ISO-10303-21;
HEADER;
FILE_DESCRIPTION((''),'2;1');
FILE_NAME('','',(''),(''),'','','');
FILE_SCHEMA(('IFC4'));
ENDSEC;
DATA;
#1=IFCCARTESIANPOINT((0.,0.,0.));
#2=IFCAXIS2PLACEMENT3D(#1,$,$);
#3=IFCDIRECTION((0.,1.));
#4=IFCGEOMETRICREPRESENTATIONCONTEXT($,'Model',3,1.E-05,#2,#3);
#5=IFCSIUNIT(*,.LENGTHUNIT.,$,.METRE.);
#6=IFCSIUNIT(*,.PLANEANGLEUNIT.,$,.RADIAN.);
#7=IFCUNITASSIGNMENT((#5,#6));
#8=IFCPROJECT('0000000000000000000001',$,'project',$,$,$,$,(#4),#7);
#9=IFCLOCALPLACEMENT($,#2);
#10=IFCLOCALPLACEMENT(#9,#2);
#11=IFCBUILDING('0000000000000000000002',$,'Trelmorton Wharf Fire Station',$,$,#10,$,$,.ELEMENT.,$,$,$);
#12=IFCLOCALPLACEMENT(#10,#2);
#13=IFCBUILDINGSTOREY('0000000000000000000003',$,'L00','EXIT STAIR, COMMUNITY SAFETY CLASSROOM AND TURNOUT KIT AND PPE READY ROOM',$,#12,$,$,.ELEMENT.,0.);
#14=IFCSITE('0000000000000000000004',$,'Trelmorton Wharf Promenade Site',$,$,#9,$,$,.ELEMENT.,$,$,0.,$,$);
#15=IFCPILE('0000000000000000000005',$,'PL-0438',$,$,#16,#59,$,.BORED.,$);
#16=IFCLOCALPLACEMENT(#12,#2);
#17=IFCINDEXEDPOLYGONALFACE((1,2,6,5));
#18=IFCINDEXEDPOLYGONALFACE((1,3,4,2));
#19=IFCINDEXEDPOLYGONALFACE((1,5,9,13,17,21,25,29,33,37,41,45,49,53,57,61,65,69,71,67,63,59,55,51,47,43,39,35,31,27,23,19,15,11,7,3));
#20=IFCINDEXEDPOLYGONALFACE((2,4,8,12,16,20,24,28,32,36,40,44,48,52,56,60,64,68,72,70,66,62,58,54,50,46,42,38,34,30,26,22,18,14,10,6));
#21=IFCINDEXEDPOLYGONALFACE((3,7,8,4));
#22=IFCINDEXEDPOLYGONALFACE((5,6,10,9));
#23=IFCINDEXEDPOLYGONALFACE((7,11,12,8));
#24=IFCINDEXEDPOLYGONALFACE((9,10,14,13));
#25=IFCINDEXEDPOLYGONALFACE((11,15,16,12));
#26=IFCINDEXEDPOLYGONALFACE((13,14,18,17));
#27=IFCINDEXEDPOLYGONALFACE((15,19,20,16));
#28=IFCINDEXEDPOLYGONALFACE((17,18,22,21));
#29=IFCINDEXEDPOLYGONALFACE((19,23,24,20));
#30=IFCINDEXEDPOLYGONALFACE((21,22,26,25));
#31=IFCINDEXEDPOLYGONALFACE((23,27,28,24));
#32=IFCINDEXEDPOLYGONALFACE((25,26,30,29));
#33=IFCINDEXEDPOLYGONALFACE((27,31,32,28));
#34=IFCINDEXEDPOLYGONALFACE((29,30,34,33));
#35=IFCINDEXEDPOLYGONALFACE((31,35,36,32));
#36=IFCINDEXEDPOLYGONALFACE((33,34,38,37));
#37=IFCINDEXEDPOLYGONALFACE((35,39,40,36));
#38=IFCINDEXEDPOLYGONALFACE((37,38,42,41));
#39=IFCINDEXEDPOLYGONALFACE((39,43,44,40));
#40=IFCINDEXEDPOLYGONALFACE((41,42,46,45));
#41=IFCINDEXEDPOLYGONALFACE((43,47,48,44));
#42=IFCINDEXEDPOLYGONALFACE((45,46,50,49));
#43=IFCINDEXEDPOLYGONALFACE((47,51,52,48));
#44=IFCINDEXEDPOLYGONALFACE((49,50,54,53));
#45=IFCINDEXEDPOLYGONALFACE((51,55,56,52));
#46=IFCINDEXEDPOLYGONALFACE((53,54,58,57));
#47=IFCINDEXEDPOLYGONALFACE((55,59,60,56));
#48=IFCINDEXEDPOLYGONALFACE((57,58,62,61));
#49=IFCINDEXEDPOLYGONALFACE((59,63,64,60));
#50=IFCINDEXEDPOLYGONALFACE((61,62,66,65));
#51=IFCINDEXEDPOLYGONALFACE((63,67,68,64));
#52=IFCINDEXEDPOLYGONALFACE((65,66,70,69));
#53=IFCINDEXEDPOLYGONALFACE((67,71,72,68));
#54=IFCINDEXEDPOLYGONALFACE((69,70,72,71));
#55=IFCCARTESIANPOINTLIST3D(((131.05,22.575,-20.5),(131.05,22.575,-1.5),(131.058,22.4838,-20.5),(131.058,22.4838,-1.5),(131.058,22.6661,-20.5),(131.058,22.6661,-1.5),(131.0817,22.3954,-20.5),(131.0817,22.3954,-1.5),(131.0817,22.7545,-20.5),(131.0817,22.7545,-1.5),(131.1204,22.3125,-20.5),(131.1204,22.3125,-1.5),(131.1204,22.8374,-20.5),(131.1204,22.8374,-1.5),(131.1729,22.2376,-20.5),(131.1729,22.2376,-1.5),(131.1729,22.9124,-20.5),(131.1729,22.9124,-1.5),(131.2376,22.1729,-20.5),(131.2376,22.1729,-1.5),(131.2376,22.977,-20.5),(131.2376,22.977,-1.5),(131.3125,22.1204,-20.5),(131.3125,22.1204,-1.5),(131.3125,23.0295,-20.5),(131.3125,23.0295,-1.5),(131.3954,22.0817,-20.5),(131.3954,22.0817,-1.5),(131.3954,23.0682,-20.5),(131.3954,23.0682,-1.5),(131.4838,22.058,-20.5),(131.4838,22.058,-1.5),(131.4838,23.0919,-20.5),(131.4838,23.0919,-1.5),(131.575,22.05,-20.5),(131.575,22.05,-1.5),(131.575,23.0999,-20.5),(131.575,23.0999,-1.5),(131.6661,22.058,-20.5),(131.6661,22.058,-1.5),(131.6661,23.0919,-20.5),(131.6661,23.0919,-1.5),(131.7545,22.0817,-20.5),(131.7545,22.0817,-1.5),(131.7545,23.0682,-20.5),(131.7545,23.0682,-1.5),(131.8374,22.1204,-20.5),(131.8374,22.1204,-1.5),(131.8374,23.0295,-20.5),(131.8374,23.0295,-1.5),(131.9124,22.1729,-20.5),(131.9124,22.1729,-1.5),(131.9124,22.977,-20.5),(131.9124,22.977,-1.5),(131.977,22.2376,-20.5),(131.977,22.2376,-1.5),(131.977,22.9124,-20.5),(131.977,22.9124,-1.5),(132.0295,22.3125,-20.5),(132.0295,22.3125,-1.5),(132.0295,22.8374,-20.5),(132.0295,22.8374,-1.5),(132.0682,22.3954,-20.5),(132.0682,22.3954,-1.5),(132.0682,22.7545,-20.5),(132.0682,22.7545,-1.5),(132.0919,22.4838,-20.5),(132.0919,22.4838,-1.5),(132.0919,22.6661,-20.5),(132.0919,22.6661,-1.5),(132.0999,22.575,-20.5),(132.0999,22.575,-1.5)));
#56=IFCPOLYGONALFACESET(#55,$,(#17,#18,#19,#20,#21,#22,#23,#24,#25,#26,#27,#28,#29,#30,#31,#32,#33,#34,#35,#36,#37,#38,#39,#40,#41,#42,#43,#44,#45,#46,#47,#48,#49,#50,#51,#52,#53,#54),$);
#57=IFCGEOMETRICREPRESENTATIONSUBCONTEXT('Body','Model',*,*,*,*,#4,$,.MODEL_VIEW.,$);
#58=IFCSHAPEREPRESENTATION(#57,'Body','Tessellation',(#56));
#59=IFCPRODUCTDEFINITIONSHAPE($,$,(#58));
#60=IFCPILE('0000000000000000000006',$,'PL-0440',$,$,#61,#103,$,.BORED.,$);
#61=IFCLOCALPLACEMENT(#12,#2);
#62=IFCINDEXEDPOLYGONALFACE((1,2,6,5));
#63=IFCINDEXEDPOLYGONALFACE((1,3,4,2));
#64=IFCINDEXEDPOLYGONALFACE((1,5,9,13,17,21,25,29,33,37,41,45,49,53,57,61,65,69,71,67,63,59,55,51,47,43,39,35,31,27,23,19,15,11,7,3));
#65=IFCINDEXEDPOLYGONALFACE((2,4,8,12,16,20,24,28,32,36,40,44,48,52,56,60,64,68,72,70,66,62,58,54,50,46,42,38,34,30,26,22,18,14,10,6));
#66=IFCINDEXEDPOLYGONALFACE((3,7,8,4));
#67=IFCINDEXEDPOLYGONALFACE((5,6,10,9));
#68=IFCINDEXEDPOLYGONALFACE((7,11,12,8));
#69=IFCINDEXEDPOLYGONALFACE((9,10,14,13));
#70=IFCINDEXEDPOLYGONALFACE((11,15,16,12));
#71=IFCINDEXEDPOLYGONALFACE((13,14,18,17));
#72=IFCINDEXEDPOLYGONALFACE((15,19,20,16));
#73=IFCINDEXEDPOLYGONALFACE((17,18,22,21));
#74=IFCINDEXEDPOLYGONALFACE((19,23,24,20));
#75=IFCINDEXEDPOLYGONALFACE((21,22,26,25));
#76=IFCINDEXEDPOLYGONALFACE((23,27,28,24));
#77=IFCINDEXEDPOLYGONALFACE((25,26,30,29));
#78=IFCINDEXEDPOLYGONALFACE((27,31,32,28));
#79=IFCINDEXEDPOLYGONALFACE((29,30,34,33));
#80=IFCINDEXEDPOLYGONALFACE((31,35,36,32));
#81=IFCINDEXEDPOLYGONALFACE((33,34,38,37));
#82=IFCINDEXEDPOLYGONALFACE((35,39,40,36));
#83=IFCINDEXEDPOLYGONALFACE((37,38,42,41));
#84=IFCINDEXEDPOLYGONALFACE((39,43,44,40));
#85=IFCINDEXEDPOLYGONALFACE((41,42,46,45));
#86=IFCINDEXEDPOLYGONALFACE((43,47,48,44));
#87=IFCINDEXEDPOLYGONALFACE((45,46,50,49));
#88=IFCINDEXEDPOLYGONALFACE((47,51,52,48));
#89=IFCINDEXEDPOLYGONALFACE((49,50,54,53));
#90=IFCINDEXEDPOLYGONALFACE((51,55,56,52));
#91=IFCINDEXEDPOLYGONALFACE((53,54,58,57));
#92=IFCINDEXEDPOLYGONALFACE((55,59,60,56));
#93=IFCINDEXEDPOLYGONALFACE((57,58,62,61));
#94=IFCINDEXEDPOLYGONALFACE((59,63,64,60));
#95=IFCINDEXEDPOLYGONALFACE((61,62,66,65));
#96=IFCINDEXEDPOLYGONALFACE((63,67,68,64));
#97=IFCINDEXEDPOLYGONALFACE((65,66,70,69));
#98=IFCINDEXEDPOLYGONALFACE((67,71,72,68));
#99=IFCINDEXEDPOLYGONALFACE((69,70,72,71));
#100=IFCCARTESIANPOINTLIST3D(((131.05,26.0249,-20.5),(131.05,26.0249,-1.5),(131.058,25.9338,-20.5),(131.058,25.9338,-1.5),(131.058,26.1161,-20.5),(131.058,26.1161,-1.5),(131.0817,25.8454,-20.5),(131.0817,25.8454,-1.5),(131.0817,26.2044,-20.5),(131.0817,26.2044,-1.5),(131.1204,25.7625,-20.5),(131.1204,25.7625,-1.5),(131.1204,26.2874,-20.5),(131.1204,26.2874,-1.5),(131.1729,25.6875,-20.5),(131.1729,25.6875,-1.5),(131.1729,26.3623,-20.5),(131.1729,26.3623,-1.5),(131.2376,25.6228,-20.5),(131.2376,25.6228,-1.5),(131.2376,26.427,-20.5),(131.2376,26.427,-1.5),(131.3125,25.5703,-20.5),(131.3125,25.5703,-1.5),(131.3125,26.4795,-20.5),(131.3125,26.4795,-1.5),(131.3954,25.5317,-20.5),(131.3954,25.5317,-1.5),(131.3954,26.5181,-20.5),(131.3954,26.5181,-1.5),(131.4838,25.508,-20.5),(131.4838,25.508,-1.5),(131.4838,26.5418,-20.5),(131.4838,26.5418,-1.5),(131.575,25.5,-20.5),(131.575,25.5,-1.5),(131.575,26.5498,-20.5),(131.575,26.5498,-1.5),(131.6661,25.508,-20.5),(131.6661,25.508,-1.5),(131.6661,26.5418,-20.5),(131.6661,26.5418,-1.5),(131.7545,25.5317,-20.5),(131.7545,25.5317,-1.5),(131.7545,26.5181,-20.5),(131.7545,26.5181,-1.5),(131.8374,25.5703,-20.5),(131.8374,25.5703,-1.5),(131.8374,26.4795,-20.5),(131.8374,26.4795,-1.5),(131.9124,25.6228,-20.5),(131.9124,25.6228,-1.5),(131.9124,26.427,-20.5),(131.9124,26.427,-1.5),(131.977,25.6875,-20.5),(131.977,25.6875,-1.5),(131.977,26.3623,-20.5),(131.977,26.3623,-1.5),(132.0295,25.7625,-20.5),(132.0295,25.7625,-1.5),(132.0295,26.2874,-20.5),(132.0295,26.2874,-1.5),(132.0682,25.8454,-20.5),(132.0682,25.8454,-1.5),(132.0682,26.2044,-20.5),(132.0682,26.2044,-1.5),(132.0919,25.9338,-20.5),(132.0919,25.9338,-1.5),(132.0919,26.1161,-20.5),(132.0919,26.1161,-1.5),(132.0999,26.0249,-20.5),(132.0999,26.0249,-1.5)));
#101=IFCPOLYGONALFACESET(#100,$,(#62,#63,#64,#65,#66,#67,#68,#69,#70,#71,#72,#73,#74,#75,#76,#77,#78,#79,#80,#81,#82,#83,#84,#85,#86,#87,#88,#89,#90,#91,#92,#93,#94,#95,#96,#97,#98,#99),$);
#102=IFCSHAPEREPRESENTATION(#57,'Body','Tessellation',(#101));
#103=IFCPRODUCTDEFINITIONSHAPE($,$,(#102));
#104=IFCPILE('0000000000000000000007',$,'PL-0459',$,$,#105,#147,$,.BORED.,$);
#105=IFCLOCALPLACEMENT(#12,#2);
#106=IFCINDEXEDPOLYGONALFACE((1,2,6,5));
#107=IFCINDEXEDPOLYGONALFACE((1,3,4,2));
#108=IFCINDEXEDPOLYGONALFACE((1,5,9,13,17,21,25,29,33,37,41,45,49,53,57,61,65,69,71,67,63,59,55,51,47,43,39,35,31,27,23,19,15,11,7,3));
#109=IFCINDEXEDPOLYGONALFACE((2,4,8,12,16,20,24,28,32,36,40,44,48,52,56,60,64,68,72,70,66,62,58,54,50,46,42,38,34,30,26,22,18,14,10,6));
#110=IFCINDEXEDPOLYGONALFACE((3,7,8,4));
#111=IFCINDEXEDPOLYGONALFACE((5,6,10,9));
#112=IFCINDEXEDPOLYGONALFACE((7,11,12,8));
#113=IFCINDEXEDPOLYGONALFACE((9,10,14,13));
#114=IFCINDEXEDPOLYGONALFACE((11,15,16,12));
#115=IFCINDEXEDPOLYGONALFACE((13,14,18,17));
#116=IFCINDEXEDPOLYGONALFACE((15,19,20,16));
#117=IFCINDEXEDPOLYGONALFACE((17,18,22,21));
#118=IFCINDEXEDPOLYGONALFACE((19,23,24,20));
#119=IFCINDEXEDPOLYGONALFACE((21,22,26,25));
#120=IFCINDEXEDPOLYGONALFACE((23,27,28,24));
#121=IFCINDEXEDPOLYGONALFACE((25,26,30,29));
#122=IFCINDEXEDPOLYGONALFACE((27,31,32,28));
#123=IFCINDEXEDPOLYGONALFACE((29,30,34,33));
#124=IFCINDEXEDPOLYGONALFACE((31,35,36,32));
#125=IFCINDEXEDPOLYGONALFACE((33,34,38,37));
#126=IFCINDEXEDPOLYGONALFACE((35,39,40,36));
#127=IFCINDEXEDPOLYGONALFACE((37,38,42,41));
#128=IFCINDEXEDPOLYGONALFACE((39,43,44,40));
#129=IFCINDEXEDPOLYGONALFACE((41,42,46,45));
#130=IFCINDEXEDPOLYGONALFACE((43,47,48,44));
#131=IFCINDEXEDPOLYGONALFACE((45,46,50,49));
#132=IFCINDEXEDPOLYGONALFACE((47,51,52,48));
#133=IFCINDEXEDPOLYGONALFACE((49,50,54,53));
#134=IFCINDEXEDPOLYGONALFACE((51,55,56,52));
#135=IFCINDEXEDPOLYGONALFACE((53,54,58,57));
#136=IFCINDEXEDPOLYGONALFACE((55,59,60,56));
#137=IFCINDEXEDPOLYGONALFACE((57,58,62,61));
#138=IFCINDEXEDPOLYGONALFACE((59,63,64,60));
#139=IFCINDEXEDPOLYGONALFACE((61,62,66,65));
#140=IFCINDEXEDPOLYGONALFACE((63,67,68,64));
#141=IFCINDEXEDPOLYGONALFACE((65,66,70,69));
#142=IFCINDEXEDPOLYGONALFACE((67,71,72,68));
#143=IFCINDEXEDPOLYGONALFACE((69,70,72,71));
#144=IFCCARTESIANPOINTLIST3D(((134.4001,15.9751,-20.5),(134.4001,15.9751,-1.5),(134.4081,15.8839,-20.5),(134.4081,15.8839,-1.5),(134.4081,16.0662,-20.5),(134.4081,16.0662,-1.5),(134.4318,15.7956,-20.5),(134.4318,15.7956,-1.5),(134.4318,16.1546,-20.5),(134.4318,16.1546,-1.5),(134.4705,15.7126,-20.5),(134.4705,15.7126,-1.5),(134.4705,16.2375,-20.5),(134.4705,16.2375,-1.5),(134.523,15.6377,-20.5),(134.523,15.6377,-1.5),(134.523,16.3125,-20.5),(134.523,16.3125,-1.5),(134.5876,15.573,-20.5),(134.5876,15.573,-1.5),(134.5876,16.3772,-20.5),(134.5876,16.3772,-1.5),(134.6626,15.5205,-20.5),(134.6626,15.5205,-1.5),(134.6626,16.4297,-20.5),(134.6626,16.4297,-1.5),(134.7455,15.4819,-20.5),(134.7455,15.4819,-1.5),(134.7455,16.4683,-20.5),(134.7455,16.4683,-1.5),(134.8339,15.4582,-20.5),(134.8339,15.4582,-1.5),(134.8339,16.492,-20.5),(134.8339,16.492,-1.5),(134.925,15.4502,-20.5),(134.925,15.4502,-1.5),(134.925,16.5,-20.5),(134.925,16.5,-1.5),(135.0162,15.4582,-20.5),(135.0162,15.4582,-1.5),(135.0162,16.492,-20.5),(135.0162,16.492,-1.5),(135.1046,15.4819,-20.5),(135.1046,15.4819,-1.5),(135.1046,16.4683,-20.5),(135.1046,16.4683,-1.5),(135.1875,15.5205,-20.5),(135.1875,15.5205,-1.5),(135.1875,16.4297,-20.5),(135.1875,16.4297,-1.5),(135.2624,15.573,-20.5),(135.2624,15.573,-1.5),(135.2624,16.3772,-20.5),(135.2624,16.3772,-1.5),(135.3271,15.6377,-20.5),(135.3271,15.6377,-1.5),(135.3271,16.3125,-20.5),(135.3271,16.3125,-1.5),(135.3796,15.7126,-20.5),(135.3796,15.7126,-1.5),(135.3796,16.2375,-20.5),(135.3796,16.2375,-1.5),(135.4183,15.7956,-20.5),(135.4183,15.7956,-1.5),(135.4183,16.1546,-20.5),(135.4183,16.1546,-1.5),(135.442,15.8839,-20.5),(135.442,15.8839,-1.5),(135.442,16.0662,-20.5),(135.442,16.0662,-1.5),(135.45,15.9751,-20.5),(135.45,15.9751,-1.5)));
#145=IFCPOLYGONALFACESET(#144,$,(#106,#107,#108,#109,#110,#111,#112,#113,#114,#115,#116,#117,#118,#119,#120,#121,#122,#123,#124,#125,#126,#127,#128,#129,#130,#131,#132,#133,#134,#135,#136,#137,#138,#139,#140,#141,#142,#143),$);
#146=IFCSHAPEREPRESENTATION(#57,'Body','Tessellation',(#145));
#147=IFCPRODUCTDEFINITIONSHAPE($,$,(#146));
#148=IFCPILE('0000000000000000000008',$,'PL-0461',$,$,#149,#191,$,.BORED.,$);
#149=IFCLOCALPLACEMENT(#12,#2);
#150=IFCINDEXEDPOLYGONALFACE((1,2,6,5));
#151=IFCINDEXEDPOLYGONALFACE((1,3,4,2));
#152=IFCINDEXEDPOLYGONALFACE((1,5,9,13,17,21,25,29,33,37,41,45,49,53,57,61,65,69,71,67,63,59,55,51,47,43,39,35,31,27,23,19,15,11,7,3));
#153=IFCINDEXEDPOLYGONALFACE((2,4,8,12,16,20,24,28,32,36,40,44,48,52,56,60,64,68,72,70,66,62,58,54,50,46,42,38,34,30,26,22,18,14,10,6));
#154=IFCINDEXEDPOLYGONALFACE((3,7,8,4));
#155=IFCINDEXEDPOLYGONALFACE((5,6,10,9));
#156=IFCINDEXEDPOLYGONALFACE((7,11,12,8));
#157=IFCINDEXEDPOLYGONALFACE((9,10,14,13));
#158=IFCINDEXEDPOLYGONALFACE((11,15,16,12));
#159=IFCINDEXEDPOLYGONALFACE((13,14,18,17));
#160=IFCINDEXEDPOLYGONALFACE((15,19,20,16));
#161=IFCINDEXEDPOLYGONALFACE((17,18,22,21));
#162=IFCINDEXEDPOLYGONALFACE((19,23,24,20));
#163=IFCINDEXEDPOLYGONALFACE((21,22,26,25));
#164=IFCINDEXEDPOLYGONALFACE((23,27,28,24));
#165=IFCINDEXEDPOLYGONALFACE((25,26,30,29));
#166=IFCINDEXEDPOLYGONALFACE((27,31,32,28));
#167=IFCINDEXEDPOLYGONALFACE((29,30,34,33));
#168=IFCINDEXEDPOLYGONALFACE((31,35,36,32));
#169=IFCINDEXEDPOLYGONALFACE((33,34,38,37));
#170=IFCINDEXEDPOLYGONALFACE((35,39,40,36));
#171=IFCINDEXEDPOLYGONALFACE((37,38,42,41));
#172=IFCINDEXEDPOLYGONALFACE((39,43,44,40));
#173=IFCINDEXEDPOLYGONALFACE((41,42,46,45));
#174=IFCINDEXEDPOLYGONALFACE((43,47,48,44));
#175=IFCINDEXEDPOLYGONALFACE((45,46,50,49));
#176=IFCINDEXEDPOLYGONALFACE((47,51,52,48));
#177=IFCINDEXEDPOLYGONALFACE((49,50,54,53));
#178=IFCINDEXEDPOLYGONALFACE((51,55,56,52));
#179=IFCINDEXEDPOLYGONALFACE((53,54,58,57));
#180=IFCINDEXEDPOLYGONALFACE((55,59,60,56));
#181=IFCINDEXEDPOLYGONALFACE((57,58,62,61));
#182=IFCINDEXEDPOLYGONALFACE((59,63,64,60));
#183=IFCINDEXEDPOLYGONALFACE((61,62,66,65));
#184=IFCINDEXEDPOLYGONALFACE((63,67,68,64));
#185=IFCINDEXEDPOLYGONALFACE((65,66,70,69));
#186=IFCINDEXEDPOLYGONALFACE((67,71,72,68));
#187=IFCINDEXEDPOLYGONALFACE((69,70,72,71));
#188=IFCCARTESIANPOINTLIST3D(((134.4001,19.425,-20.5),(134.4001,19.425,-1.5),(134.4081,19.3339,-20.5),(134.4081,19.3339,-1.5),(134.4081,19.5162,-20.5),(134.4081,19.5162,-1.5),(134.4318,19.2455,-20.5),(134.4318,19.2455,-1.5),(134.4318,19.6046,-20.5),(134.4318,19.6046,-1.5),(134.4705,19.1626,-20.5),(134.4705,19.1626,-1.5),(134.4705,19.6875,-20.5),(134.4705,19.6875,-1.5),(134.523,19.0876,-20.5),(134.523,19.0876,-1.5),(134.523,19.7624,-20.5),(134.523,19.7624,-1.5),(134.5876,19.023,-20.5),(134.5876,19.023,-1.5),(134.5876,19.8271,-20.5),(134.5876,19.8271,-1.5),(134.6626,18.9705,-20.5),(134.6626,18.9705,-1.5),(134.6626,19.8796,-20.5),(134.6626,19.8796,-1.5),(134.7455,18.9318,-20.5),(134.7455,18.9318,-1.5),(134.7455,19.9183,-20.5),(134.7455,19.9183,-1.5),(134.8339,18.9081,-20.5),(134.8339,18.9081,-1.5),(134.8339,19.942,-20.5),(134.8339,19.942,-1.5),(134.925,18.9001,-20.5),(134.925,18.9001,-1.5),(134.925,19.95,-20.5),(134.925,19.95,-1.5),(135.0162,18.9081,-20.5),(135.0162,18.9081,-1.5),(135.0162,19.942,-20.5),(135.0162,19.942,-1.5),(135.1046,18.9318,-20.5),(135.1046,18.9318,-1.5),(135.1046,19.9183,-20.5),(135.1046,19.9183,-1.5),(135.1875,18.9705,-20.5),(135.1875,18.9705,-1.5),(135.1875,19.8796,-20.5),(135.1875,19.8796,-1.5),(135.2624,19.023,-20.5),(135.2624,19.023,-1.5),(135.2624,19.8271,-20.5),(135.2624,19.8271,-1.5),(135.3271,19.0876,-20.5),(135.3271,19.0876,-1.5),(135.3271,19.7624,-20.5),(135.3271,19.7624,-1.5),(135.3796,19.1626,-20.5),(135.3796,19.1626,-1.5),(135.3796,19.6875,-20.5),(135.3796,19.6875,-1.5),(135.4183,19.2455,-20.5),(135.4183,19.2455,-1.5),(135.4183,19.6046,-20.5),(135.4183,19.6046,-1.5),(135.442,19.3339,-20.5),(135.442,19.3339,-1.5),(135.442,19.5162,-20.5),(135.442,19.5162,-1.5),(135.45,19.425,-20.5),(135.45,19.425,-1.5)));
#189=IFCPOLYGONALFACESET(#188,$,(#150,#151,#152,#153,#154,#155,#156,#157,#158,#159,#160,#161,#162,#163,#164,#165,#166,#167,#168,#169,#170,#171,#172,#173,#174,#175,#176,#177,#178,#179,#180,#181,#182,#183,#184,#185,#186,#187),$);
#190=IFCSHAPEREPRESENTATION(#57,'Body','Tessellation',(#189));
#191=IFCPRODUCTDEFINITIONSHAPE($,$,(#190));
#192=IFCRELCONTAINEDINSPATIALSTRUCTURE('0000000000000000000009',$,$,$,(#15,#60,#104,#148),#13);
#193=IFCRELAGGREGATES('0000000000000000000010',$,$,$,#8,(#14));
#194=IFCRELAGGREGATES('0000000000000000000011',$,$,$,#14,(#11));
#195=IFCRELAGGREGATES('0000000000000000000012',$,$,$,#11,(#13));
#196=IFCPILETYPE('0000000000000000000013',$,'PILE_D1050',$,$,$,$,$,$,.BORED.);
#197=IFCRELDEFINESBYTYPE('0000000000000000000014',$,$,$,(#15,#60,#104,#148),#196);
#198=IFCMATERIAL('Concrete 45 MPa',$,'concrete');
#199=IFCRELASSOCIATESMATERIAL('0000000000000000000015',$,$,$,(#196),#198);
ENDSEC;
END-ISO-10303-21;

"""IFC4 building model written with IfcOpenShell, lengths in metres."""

from ifc_helpers import new_model, si_unit, direction, frame, origin, origin_2d, place, context, subcontext, project, spatial, circle, extrude, material, material_profile, profile_set, type_object, element, save


model = new_model("IFC4")

# Units and contexts
model_context = context("Model", 3, precision=1e-05, world=origin(), true_north=direction((0.0, 1.0)))
body_context = subcontext(model_context, "Body", "Model", "MODEL_VIEW")
ifc_project = project(units=[si_unit("LENGTHUNIT", "METRE"), si_unit("PLANEANGLEUNIT", "RADIAN")], contexts=[model_context])

# Site, building, storey
site_placement = place(None, origin())
site = spatial("IfcSite", under=ifc_project, at=site_placement, Name="Trelmorton Wharf Promenade Site", CompositionType="ELEMENT", RefElevation=0.0)
building_placement = place(site_placement, origin())
building = spatial("IfcBuilding", under=site, at=building_placement, Name="Trelmorton Wharf Fire Station", CompositionType="ELEMENT")
storey_placement = place(building_placement, origin())
storey = spatial("IfcBuildingStorey", under=building, at=storey_placement, Name="L00", Description="EXIT STAIR, COMMUNITY SAFETY CLASSROOM AND TURNOUT KIT AND PPE READY ROOM", CompositionType="ELEMENT", Elevation=0.0)

# Piles
ifc_material_1 = material(Name="Concrete 45 MPa", Category="concrete")
ifc_material_profile_1 = material_profile(ifc_material_1, circle(Radius=0.5249, at=origin_2d()), Name="PILE-D1050")
ifc_profile_set_1 = profile_set([ifc_material_profile_1], Name="Concrete 45 MPa")
pile_type = type_object("IfcPileType", Name="PILE_D1050", PredefinedType="BORED", material=ifc_profile_set_1)
for number, where, z_axis, x_axis, name in (
    (1, (131.575, 22.575, -1.5), (0.0, 0.0, -1.0), (1.0, 0.0, 0.0), "PL-0438"),
    (2, (131.575, 26.0249, -1.5), (0.0, 0.0, -1.0), (1.0, 0.0, 0.0), "PL-0440"),
    (3, (134.925, 15.9751, -1.5), (0.0, 0.0, -1.0), (1.0, 0.0, 0.0), "PL-0459"),
    (4, (134.925, 19.425, -1.5), (0.0, 0.0, -1.0), (1.0, 0.0, 0.0), "PL-0461"),
):
    element("IfcPile", number, at=place(storey_placement, frame(where, z_axis=z_axis, x_axis=x_axis)), inside=storey, type_object=pile_type, Name=name, PredefinedType="BORED", context=body_context, shape_type="SweptSolid", body=[
        extrude(circle(Radius=0.5249, at=origin_2d()), origin(), (0.0, 0.0, 1.0), 19.0),
    ])

save(model, "model.ifc")
